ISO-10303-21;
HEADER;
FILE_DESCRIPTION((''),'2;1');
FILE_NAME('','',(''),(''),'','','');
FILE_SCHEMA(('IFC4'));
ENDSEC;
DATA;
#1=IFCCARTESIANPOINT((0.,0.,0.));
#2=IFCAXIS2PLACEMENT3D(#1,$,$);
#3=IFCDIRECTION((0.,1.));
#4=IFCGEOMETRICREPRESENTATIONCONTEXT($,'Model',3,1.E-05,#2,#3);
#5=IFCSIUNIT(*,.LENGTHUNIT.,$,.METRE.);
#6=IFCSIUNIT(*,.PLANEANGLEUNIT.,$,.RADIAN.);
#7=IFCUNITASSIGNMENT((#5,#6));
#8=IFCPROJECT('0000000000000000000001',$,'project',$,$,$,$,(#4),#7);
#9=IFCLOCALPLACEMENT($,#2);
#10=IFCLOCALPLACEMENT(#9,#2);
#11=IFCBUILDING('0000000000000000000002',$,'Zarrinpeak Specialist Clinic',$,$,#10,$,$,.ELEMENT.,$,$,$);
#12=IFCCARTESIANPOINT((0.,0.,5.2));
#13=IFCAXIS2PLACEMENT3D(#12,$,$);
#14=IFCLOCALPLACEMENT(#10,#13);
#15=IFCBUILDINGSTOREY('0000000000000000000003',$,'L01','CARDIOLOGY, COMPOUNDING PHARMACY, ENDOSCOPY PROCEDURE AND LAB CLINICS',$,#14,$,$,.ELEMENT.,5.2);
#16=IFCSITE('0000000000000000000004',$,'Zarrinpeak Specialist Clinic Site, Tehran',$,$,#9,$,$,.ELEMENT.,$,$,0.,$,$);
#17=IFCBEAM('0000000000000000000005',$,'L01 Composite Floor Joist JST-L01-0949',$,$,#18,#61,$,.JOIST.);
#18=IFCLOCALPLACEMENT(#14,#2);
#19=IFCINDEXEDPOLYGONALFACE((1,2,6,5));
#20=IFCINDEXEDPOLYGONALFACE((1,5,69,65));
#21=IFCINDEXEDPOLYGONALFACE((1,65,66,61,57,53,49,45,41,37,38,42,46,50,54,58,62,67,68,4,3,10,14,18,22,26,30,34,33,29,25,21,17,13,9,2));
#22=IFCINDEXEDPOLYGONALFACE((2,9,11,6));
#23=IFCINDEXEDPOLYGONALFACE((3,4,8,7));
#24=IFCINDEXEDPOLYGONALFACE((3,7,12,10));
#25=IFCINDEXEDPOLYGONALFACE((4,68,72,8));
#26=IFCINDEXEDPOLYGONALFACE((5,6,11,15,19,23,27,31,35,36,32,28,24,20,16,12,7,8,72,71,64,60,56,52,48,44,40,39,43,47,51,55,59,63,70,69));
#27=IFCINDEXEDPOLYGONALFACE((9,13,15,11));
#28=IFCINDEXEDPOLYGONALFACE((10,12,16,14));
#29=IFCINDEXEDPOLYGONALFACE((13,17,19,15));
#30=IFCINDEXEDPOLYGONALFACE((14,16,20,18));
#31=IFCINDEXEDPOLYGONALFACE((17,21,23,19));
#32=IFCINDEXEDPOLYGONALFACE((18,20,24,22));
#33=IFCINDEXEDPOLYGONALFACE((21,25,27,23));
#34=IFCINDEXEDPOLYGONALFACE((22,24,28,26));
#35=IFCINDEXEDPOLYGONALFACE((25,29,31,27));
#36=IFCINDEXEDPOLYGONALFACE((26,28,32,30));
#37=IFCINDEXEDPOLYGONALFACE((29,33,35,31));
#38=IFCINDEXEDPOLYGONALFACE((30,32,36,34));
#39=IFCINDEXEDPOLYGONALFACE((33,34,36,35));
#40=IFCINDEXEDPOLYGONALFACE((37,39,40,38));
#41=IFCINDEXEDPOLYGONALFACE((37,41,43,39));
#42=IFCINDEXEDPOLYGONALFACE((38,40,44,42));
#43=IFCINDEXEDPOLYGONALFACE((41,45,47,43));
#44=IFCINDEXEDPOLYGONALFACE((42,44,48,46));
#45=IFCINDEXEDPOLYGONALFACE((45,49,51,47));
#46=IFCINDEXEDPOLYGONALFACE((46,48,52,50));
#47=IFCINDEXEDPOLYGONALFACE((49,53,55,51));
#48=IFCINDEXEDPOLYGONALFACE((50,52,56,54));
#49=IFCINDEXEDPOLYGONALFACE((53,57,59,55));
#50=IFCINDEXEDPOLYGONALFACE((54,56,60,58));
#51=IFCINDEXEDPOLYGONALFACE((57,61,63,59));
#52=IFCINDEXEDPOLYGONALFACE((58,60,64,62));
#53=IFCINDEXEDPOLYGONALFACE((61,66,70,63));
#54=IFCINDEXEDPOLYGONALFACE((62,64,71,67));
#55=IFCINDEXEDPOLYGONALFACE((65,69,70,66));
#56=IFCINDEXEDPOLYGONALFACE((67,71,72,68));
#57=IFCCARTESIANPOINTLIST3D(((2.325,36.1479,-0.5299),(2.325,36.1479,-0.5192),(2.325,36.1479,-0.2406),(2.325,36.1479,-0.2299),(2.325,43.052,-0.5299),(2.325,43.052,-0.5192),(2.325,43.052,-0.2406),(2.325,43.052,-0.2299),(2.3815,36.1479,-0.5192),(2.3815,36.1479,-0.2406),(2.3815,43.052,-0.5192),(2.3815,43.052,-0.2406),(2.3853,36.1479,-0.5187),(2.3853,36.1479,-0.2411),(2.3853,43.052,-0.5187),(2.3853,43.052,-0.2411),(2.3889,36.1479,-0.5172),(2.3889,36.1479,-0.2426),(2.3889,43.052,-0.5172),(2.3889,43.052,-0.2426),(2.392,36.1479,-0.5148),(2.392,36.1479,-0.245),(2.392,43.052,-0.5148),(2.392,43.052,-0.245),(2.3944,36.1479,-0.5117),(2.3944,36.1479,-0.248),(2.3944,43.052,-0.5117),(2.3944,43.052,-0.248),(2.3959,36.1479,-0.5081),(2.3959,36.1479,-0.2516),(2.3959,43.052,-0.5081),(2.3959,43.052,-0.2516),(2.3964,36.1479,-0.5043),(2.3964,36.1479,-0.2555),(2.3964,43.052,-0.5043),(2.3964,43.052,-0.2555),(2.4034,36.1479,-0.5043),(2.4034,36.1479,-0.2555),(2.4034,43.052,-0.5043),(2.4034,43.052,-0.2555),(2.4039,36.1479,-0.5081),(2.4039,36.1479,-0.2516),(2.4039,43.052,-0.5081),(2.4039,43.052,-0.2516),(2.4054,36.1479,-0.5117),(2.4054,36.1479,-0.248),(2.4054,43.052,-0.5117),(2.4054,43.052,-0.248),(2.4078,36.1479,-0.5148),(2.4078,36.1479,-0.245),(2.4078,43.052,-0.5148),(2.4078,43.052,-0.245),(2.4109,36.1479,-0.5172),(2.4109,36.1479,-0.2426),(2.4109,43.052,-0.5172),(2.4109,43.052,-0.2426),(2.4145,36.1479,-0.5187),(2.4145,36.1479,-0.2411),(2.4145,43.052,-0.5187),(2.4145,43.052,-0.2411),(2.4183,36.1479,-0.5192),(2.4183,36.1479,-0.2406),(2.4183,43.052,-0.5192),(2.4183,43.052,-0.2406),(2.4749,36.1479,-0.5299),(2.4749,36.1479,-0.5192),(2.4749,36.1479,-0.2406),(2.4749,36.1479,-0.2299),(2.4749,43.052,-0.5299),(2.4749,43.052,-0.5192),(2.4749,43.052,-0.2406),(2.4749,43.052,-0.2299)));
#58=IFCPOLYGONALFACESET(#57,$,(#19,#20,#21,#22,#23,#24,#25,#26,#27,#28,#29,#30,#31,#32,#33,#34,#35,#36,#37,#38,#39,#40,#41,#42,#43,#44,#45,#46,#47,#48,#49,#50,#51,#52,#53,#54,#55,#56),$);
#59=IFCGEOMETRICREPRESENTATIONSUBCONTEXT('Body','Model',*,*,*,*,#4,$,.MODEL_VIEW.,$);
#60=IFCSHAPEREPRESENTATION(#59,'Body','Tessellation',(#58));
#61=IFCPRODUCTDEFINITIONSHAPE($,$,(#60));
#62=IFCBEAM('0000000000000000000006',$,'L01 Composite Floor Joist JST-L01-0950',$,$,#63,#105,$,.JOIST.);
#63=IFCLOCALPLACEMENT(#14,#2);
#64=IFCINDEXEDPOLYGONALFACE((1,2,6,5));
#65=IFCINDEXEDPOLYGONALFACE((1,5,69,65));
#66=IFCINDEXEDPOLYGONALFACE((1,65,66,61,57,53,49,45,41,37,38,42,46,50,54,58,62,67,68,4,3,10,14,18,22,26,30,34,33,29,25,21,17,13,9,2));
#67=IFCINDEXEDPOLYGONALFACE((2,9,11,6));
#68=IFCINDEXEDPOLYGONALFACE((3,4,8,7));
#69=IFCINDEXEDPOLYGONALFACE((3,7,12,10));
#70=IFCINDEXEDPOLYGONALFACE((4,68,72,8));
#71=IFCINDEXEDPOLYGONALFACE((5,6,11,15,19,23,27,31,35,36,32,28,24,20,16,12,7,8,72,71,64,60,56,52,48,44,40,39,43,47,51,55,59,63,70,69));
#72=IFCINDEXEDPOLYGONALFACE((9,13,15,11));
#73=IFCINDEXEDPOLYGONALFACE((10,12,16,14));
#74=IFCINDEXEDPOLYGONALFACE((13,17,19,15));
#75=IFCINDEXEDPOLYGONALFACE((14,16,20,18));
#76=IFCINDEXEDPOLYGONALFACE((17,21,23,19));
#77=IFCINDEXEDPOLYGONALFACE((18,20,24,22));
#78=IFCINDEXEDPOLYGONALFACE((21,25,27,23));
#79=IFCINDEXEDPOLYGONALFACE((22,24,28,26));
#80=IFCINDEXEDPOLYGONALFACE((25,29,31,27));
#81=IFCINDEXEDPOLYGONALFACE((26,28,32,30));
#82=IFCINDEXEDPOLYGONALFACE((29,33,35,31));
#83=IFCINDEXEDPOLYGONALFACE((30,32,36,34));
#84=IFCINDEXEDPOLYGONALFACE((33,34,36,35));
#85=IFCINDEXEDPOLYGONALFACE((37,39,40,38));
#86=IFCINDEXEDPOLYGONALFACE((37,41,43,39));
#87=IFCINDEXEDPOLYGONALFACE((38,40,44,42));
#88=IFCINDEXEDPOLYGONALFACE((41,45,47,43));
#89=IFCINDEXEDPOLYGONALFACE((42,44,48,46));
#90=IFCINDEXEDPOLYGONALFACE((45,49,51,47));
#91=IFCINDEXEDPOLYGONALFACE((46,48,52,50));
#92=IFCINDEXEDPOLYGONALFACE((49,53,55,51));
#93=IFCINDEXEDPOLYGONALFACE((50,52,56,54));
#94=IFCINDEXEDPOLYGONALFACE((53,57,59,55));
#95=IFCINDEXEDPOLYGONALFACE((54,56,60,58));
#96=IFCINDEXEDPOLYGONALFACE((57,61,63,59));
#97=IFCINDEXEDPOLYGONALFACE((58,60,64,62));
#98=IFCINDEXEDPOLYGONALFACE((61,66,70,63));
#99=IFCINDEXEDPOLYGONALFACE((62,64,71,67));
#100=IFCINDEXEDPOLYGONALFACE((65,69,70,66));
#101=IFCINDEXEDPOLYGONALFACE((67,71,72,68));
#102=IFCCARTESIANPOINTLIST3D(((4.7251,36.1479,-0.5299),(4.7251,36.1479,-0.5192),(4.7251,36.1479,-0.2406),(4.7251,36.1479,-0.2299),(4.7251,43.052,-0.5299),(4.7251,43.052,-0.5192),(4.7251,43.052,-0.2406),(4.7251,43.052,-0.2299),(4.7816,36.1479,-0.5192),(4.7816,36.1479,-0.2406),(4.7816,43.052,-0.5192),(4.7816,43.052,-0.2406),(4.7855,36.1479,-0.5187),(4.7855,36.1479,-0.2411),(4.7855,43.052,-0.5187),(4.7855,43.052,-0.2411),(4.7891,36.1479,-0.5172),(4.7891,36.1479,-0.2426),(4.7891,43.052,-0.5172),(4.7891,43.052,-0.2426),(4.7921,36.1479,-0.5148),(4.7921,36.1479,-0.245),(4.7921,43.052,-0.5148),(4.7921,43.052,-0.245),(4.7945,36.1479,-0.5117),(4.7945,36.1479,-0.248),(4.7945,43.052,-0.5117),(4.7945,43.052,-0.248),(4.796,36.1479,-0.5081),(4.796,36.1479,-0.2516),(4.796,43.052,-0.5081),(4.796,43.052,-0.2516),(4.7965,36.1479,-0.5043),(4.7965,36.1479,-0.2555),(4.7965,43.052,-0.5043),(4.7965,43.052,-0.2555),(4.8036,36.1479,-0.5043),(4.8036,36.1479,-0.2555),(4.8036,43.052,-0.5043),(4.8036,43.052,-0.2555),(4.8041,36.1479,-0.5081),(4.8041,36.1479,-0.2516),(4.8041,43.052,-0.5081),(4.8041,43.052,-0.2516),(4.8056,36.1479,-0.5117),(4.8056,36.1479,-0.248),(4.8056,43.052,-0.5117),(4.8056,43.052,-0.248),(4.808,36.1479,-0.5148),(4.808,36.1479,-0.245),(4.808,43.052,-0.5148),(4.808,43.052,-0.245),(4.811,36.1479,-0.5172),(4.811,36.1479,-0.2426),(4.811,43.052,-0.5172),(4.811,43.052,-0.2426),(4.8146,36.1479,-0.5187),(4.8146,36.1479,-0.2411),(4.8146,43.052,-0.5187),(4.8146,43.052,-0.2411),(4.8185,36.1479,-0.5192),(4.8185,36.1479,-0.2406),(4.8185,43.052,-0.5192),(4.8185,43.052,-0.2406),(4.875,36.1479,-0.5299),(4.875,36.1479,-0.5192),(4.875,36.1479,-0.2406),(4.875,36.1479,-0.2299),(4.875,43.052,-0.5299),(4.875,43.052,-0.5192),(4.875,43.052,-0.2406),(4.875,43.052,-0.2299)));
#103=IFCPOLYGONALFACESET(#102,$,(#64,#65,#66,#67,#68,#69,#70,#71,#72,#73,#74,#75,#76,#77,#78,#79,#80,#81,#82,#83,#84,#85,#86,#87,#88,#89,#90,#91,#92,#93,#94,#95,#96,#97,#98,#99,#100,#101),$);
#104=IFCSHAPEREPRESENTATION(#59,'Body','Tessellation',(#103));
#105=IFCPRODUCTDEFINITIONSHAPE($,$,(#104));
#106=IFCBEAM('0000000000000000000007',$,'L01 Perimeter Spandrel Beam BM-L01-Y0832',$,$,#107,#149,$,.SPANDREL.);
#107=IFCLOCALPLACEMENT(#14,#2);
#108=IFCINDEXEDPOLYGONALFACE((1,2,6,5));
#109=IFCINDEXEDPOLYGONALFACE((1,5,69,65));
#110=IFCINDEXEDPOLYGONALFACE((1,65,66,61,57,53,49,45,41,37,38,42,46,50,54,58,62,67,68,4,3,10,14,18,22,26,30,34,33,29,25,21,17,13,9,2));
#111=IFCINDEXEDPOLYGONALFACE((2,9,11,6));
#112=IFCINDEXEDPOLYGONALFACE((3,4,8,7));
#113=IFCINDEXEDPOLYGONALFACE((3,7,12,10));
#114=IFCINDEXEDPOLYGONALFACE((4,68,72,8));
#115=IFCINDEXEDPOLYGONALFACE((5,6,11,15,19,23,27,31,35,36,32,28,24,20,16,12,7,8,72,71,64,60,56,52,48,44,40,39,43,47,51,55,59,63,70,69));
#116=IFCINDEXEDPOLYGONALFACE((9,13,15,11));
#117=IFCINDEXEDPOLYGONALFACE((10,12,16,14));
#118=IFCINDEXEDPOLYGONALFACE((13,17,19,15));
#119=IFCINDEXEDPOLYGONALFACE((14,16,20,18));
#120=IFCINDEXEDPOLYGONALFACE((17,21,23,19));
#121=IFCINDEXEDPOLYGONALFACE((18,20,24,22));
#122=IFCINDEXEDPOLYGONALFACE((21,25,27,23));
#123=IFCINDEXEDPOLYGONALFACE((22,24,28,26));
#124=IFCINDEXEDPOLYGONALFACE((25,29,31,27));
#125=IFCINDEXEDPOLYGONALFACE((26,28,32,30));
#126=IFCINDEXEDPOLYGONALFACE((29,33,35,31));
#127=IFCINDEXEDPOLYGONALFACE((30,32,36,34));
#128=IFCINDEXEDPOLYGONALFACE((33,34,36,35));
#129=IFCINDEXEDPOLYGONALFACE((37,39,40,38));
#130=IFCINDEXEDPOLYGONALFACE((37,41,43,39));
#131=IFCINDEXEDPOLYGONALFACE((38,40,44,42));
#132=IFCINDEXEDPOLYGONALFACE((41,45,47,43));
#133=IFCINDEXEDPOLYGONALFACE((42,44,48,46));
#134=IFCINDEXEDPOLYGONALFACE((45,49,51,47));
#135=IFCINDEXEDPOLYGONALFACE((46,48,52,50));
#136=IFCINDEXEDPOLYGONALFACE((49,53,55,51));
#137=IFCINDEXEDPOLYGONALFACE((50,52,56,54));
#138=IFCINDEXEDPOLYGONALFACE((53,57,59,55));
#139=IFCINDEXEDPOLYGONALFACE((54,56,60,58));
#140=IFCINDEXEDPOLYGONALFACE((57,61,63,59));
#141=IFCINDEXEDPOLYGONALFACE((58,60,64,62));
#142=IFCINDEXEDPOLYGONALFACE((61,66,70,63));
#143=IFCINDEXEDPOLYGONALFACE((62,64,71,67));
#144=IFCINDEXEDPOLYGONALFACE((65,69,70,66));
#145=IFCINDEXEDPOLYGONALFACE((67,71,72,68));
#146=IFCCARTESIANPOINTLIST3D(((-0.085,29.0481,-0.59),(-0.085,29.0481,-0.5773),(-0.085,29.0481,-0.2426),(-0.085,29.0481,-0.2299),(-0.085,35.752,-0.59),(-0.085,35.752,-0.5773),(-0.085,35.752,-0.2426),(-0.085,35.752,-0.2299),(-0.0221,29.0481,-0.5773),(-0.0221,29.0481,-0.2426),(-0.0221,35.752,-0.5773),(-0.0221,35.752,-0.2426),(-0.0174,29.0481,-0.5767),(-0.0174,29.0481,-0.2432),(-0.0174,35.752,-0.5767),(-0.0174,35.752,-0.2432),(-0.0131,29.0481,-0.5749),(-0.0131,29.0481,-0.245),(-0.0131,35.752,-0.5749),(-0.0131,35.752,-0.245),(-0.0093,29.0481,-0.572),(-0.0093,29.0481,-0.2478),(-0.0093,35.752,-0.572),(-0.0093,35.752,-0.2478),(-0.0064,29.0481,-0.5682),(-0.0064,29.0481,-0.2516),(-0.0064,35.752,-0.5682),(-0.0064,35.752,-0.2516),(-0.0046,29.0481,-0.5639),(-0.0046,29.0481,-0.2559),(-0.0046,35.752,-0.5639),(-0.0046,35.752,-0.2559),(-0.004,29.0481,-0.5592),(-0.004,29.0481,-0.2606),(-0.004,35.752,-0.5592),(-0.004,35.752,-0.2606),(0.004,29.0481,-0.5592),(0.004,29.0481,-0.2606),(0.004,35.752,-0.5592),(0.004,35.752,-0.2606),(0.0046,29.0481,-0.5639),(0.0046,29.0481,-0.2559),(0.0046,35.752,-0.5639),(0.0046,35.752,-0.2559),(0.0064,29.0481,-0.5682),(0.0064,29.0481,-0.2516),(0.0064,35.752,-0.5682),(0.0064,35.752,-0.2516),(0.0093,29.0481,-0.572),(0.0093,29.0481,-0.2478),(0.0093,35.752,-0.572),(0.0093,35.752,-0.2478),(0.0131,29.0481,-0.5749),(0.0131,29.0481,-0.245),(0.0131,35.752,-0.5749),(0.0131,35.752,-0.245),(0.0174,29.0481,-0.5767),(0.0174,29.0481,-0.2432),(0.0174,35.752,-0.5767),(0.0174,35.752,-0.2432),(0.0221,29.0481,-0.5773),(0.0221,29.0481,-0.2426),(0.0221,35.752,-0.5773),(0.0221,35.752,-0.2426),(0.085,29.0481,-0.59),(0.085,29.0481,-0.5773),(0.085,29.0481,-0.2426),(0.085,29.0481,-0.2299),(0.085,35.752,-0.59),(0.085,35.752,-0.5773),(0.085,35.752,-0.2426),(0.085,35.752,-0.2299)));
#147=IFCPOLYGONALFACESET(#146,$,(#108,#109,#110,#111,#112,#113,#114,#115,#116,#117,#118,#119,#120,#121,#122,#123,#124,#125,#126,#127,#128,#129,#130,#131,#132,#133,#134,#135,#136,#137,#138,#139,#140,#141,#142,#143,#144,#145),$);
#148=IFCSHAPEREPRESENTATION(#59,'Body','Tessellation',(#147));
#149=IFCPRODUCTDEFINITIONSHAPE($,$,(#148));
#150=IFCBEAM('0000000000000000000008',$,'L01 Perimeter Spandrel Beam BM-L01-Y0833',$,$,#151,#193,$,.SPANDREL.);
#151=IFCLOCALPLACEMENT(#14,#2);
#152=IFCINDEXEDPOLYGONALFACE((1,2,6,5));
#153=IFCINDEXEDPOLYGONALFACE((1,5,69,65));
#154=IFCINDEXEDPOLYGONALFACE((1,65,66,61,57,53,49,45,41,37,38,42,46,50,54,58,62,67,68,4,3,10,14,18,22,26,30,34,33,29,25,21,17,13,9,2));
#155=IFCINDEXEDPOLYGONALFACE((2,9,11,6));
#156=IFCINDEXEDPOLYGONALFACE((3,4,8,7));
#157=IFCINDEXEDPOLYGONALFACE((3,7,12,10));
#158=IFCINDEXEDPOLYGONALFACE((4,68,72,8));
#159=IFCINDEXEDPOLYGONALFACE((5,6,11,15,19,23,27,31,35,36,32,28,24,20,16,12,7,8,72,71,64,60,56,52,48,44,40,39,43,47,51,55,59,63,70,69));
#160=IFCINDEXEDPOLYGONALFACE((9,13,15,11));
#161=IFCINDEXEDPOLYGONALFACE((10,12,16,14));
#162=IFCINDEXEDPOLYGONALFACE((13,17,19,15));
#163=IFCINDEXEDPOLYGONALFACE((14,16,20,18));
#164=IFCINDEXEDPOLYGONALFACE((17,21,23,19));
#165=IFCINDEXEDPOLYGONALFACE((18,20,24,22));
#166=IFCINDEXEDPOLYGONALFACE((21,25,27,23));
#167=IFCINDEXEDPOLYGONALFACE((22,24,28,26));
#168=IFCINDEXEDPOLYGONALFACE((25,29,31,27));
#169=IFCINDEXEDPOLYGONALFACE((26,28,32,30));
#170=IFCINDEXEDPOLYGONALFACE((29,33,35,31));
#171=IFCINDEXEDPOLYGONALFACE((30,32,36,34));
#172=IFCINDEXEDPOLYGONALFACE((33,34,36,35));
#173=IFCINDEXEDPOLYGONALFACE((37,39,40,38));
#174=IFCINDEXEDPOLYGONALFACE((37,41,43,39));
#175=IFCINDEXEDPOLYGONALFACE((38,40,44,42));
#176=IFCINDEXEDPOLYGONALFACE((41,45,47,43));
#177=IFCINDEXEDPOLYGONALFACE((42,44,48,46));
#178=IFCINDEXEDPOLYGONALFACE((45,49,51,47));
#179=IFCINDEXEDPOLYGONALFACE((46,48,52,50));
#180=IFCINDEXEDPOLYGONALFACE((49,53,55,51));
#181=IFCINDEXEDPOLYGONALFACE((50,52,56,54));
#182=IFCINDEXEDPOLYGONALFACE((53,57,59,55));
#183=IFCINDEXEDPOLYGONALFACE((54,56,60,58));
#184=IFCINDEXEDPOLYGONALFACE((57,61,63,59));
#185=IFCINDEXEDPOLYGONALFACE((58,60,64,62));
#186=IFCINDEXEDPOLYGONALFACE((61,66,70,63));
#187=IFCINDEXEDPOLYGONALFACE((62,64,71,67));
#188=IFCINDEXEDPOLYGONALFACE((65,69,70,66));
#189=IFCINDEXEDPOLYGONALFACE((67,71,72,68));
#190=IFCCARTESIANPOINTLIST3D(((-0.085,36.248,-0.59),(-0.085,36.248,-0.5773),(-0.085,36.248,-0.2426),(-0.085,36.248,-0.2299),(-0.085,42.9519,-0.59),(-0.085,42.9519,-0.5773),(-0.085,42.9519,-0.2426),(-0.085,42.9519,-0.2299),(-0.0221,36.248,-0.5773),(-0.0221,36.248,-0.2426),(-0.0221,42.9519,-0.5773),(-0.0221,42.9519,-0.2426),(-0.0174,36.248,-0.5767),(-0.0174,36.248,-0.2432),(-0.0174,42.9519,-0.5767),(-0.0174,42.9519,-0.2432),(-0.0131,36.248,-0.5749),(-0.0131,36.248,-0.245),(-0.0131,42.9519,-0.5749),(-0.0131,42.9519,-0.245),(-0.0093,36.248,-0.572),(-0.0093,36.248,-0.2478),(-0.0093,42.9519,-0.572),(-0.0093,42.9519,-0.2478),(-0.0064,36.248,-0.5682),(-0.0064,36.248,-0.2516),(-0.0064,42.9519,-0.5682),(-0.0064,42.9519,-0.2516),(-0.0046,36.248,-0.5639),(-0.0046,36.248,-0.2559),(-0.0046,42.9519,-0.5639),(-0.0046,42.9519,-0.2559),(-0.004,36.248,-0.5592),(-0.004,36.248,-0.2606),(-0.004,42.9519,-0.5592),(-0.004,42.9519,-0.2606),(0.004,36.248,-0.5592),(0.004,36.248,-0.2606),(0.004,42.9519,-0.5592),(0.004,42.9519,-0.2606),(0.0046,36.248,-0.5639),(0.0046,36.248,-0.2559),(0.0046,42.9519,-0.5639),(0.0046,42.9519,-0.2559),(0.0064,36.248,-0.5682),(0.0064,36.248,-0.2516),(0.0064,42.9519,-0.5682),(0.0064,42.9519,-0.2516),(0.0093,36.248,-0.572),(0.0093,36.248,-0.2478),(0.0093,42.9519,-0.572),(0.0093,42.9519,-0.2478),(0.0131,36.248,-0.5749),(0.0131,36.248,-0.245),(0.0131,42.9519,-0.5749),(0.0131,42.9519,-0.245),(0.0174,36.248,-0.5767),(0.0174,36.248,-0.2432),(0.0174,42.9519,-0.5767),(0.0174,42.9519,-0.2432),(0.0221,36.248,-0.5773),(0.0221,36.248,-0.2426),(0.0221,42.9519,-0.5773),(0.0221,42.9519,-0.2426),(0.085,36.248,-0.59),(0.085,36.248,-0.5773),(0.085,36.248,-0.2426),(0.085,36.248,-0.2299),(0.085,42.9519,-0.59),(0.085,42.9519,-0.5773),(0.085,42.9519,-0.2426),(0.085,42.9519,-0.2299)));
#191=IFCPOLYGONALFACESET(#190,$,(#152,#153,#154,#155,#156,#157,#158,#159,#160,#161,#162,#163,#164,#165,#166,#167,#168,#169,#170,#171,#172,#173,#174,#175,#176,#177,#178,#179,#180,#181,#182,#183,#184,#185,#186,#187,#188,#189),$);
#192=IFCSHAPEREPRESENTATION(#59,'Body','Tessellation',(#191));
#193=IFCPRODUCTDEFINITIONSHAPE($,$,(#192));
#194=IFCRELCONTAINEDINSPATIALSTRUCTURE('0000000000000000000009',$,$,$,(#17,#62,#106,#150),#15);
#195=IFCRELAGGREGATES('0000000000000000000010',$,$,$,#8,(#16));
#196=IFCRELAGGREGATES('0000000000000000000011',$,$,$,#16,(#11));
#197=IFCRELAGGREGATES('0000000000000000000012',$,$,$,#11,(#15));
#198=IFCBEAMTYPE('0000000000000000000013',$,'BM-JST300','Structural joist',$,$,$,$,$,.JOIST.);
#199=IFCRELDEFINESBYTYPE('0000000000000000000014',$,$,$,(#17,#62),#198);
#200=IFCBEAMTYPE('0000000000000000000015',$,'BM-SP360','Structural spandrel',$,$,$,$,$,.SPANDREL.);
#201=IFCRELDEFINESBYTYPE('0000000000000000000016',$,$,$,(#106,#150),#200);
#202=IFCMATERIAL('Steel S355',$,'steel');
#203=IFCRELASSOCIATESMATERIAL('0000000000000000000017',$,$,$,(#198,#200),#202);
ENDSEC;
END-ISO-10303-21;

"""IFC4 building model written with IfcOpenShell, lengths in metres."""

from ifc_helpers import new_model, si_unit, direction, frame, origin, origin_2d, place, context, subcontext, project, spatial, i_section, extrude, material, material_profile, profile_set, type_object, element, save


model = new_model("IFC4")

# Units and contexts
model_context = context("Model", 3, precision=1e-05, world=origin(), true_north=direction((0.0, 1.0)))
body_context = subcontext(model_context, "Body", "Model", "MODEL_VIEW")
ifc_project = project(units=[si_unit("LENGTHUNIT", "METRE"), si_unit("PLANEANGLEUNIT", "RADIAN")], contexts=[model_context])

# Site, building, storey
site_placement = place(None, origin())
site = spatial("IfcSite", under=ifc_project, at=site_placement, Name="Zarrinpeak Specialist Clinic Site, Tehran", CompositionType="ELEMENT", RefElevation=0.0)
building_placement = place(site_placement, origin())
building = spatial("IfcBuilding", under=site, at=building_placement, Name="Zarrinpeak Specialist Clinic", CompositionType="ELEMENT")
storey_placement = place(building_placement, frame((0.0, 0.0, 5.2)))
storey = spatial("IfcBuildingStorey", under=building, at=storey_placement, Name="L01", Description="CARDIOLOGY, COMPOUNDING PHARMACY, ENDOSCOPY PROCEDURE AND LAB CLINICS", CompositionType="ELEMENT", Elevation=5.2)

# Shared definitions
ifc_material_1 = material(Name="Steel S355", Category="steel")

# Beams
ifc_material_profile_1 = material_profile(ifc_material_1, i_section(OverallWidth=0.1499, OverallDepth=0.3, WebThickness=0.0071, FlangeThickness=0.0107, FilletRadius=0.0149, at=origin_2d()), Name="IPE 300")
ifc_profile_set_1 = profile_set([ifc_material_profile_1], Name="Steel S355")
beam_type_1 = type_object("IfcBeamType", Name="BM-JST300", Description="Structural joist", PredefinedType="JOIST", material=ifc_profile_set_1)
for number, where, z_axis, x_axis, name in (
    (1, (2.3999, 36.1479, -0.3799), (0.0, 1.0, 0.0), (-1.0, 0.0, 0.0), "L01 Composite Floor Joist JST-L01-0949"),
    (2, (4.8, 36.1479, -0.3799), (0.0, 1.0, 0.0), (-1.0, 0.0, 0.0), "L01 Composite Floor Joist JST-L01-0950"),
):
    element("IfcBeam", number, at=place(storey_placement, frame(where, z_axis=z_axis, x_axis=x_axis)), inside=storey, type_object=beam_type_1, Name=name, PredefinedType="JOIST", context=body_context, shape_type="SweptSolid", body=[
        extrude(i_section(OverallWidth=0.1499, OverallDepth=0.3, WebThickness=0.0071, FlangeThickness=0.0107, FilletRadius=0.0149, at=origin_2d()), origin(), (0.0, 0.0, 1.0), 6.9041),
    ])
ifc_material_profile_2 = material_profile(ifc_material_1, i_section(OverallWidth=0.1699, OverallDepth=0.3601, WebThickness=0.0081, FlangeThickness=0.0127, FilletRadius=0.0181, at=origin_2d()), Name="IPE 360")
ifc_profile_set_2 = profile_set([ifc_material_profile_2], Name="Steel S355")
beam_type_2 = type_object("IfcBeamType", Name="BM-SP360", Description="Structural spandrel", PredefinedType="SPANDREL", material=ifc_profile_set_2)
for number, where, z_axis, x_axis, name in (
    (3, (0.0, 29.0481, -0.4099), (0.0, 1.0, 0.0), (-1.0, 0.0, 0.0), "L01 Perimeter Spandrel Beam BM-L01-Y0832"),
    (4, (0.0, 36.248, -0.4099), (0.0, 1.0, 0.0), (-1.0, 0.0, 0.0), "L01 Perimeter Spandrel Beam BM-L01-Y0833"),
):
    element("IfcBeam", number, at=place(storey_placement, frame(where, z_axis=z_axis, x_axis=x_axis)), inside=storey, type_object=beam_type_2, Name=name, PredefinedType="SPANDREL", context=body_context, shape_type="SweptSolid", body=[
        extrude(i_section(OverallWidth=0.1699, OverallDepth=0.3601, WebThickness=0.0081, FlangeThickness=0.0127, FilletRadius=0.0181, at=origin_2d()), origin(), (0.0, 0.0, 1.0), 6.7039),
    ])

save(model, "model.ifc")
